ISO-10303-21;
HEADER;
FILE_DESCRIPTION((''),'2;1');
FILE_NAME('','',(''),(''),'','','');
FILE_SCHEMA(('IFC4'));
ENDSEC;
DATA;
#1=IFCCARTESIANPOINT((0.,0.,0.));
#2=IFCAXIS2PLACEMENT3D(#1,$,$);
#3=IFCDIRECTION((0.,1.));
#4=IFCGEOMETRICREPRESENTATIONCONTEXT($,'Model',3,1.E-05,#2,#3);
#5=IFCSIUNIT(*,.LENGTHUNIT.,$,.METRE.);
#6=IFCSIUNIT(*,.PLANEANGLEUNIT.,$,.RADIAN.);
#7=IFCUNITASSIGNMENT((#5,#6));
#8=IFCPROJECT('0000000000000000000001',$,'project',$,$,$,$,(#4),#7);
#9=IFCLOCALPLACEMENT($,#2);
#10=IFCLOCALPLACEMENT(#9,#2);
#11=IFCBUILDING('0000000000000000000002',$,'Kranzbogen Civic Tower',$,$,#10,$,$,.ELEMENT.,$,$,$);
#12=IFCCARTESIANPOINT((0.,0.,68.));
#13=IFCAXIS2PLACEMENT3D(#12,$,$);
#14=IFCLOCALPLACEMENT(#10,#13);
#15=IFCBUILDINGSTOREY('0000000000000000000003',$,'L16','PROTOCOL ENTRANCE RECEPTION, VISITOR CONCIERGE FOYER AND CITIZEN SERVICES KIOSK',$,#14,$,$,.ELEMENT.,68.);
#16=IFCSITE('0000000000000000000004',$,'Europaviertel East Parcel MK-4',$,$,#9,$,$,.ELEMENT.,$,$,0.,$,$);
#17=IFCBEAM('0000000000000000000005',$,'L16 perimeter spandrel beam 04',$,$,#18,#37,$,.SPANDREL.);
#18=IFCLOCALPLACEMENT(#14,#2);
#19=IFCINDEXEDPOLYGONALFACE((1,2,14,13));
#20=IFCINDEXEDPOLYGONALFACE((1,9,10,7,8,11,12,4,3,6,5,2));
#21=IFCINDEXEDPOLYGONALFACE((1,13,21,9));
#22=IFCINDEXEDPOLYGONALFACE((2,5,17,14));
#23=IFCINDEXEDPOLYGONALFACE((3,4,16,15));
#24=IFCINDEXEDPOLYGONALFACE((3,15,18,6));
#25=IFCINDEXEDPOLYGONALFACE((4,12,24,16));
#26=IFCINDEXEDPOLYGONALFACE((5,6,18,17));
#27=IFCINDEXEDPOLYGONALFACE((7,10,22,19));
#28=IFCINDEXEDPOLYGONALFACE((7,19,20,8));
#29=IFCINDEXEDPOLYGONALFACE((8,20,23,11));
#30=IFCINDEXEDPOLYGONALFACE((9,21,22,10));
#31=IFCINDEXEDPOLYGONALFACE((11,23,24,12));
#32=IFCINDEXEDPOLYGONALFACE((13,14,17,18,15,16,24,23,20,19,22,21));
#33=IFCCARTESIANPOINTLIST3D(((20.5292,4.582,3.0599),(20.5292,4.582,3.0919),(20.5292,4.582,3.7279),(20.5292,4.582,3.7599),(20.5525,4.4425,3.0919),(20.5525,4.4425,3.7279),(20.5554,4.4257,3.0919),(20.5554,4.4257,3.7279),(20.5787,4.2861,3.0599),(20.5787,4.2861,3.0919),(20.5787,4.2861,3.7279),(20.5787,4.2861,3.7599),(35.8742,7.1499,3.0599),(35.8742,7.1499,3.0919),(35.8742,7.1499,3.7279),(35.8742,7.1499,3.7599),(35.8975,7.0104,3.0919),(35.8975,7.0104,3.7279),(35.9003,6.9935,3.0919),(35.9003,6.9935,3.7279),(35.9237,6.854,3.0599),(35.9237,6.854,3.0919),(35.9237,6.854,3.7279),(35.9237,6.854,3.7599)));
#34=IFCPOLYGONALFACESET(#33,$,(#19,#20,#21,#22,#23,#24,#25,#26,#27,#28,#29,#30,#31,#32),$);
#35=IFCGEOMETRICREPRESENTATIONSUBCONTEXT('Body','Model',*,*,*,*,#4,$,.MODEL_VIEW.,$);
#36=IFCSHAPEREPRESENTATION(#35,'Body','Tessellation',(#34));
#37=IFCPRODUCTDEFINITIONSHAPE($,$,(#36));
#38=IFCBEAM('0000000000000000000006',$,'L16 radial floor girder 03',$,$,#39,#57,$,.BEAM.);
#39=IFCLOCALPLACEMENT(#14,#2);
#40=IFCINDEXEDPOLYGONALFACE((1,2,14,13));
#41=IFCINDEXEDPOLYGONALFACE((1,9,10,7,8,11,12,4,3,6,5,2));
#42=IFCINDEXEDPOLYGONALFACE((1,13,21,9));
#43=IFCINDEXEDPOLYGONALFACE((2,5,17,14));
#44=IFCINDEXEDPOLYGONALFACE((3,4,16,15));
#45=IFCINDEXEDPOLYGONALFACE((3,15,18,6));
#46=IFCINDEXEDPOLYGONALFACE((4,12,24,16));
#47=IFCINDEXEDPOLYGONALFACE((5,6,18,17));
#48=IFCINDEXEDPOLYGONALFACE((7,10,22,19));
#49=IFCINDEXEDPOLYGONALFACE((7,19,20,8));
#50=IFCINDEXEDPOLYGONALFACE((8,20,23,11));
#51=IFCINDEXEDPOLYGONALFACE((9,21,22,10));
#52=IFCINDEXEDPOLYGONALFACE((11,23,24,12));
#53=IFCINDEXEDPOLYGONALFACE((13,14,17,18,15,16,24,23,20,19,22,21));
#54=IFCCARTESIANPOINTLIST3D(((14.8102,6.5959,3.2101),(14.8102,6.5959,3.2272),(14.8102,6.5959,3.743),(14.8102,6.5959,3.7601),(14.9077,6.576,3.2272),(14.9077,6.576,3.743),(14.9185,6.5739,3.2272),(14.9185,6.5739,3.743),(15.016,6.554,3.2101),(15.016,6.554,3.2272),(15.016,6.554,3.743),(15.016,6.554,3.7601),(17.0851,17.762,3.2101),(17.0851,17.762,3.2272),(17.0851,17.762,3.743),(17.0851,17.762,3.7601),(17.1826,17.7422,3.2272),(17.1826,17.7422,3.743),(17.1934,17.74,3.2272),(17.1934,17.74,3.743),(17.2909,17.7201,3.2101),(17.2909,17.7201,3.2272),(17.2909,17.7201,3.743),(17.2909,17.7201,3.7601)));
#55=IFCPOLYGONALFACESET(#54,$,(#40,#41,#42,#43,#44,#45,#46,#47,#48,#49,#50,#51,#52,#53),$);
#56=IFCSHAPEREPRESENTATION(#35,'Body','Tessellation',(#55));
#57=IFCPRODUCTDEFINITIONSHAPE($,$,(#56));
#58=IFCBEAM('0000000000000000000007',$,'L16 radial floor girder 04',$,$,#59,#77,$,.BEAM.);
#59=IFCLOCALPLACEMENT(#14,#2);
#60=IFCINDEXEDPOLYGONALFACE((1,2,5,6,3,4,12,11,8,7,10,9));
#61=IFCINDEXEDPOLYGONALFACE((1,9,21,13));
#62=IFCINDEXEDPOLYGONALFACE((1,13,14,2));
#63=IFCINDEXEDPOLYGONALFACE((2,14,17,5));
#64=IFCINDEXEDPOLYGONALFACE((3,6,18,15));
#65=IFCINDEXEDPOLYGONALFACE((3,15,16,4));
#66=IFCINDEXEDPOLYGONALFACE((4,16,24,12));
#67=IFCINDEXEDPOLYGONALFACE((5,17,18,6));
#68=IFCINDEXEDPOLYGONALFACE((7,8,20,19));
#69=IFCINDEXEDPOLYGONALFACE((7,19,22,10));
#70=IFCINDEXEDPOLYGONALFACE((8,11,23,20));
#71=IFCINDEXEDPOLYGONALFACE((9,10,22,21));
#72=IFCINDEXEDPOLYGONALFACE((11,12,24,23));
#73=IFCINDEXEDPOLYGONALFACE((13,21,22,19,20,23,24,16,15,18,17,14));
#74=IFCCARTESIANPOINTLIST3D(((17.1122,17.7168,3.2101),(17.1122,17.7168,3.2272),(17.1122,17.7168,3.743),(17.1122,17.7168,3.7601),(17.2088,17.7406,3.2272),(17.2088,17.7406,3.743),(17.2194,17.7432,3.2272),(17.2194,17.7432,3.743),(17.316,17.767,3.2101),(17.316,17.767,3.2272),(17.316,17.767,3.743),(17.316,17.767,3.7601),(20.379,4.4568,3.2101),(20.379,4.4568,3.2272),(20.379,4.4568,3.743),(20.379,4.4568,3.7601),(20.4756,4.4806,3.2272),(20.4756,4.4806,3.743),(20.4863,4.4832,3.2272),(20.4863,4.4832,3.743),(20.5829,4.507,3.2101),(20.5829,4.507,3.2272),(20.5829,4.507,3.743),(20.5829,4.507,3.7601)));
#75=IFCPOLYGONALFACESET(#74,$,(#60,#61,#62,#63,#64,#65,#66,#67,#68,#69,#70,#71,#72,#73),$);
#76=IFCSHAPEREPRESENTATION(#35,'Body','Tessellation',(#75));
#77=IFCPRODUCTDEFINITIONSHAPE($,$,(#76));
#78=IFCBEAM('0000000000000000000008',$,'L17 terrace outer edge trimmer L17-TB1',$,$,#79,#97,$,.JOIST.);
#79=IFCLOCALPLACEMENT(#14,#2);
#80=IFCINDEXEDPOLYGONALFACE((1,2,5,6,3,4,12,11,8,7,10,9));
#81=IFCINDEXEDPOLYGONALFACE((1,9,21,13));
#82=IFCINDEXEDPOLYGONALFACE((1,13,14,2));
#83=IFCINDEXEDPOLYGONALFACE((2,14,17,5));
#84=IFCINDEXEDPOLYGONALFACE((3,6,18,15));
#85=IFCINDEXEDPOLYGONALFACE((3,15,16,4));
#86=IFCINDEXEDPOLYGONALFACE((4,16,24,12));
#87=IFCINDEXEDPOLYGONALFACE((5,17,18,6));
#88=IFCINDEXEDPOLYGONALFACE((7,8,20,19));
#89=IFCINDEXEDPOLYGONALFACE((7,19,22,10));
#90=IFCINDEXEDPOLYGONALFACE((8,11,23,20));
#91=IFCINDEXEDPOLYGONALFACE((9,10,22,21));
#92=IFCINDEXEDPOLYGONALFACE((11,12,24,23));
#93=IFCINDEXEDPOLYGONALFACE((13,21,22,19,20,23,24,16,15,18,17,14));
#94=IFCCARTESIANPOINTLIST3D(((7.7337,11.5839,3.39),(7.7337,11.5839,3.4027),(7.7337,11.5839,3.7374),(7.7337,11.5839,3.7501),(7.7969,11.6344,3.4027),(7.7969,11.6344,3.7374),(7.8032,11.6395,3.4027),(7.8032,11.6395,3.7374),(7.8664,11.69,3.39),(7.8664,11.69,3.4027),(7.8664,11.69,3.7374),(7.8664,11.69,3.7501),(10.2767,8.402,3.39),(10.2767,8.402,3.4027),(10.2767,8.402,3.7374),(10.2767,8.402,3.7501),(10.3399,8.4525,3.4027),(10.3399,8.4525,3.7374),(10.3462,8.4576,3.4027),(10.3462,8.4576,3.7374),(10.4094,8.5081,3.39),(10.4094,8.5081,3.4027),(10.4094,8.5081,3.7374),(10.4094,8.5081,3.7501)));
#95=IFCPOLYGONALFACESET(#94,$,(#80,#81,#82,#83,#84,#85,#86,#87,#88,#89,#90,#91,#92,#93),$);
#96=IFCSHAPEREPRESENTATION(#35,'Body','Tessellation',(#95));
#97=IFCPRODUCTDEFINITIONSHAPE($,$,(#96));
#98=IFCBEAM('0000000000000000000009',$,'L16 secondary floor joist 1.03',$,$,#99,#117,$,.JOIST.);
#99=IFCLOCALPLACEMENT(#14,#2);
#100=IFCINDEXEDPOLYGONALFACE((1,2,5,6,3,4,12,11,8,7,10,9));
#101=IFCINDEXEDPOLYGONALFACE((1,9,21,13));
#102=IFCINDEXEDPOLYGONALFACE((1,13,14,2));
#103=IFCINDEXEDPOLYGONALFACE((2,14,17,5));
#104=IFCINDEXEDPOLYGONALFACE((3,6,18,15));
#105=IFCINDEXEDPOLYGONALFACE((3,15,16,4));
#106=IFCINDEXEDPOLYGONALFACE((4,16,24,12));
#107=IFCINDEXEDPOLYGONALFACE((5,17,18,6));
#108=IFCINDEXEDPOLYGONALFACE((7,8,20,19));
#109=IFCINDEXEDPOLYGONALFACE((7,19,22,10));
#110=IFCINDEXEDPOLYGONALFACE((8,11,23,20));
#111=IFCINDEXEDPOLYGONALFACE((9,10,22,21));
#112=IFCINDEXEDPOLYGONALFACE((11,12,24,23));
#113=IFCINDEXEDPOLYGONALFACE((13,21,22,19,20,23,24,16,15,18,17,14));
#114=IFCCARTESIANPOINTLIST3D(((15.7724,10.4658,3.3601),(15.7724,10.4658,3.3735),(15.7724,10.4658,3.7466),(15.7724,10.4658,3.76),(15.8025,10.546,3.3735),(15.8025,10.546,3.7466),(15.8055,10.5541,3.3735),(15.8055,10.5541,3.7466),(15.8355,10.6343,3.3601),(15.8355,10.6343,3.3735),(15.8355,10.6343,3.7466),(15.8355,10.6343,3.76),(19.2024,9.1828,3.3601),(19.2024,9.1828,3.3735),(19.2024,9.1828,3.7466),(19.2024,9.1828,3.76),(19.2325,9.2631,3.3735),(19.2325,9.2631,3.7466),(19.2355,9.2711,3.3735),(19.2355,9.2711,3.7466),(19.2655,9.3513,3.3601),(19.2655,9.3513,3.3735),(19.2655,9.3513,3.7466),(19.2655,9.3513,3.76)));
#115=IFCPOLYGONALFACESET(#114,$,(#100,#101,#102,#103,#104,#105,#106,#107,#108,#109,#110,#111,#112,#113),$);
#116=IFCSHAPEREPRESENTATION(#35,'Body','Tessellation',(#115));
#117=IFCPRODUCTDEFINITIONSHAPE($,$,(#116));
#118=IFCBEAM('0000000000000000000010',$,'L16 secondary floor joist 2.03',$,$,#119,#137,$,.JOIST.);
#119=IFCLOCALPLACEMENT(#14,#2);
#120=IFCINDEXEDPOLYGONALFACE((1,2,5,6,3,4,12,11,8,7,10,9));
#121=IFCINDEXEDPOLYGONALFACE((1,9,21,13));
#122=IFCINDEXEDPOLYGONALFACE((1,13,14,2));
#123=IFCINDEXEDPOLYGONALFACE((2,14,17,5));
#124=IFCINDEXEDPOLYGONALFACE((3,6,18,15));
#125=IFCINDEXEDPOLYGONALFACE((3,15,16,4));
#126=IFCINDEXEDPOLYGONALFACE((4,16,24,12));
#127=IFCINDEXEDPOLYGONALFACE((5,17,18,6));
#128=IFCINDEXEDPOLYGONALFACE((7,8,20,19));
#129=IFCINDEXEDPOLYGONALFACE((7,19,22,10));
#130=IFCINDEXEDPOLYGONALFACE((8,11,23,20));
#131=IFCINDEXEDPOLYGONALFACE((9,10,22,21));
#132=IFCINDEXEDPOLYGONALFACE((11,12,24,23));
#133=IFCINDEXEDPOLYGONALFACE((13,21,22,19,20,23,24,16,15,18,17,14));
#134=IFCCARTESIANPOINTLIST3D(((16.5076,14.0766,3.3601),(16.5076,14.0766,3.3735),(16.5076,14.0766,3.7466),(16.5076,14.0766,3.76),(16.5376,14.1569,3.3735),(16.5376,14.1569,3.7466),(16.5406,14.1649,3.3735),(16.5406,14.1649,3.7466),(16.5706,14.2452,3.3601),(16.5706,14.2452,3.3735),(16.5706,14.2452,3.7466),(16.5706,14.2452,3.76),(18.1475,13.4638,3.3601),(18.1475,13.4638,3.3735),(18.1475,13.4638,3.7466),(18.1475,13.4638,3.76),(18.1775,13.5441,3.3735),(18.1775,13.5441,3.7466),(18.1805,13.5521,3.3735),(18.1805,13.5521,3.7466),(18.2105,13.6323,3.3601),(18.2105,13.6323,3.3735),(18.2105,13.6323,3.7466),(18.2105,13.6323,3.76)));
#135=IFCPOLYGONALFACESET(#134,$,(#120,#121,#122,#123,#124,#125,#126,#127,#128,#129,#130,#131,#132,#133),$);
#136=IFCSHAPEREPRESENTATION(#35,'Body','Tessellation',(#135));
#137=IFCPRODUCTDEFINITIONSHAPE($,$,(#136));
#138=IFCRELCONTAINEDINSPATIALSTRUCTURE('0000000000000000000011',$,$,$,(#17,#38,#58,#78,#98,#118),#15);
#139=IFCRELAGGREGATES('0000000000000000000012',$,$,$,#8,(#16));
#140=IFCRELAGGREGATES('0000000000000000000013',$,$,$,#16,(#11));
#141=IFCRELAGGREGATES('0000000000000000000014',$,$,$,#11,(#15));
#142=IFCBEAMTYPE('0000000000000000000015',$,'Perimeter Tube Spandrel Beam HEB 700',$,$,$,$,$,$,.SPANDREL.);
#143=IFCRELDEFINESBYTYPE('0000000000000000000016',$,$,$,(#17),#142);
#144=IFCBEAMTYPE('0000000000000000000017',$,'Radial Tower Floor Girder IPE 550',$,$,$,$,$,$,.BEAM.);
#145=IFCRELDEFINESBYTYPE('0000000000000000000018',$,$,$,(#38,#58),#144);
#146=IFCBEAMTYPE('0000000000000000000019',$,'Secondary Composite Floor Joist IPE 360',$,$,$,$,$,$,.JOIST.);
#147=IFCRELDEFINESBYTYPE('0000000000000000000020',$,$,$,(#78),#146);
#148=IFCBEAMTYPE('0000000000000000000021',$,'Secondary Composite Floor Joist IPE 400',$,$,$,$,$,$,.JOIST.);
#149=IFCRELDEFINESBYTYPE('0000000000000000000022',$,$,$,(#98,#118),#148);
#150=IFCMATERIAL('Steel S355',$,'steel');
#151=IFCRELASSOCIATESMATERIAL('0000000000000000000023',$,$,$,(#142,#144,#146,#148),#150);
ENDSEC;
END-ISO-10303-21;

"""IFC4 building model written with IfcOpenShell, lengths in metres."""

from ifc_helpers import new_model, si_unit, direction, frame, origin, origin_2d, place, context, subcontext, project, spatial, i_section, extrude, material, material_profile, profile_set, type_object, element, save


model = new_model("IFC4")

# Units and contexts
model_context = context("Model", 3, precision=1e-05, world=origin(), true_north=direction((0.0, 1.0)))
body_context = subcontext(model_context, "Body", "Model", "MODEL_VIEW")
ifc_project = project(units=[si_unit("LENGTHUNIT", "METRE"), si_unit("PLANEANGLEUNIT", "RADIAN")], contexts=[model_context])

# Site, building, storey
site_placement = place(None, origin())
site = spatial("IfcSite", under=ifc_project, at=site_placement, Name="Europaviertel East Parcel MK-4", CompositionType="ELEMENT", RefElevation=0.0)
building_placement = place(site_placement, origin())
building = spatial("IfcBuilding", under=site, at=building_placement, Name="Kranzbogen Civic Tower", CompositionType="ELEMENT")
storey_placement = place(building_placement, frame((0.0, 0.0, 68.0)))
storey = spatial("IfcBuildingStorey", under=building, at=storey_placement, Name="L16", Description="PROTOCOL ENTRANCE RECEPTION, VISITOR CONCIERGE FOYER AND CITIZEN SERVICES KIOSK", CompositionType="ELEMENT", Elevation=68.0)

# Shared definitions
ifc_material_1 = material(Name="Steel S355", Category="steel")

# Beams
ifc_material_profile_1 = material_profile(ifc_material_1, i_section(OverallWidth=0.3, OverallDepth=0.7, WebThickness=0.0171, FlangeThickness=0.032, at=origin_2d()), Name="HEB 700")
ifc_profile_set_1 = profile_set([ifc_material_profile_1], Name="Steel S355")
beam_type_1 = type_object("IfcBeamType", Name="Perimeter Tube Spandrel Beam HEB 700", PredefinedType="SPANDREL", material=ifc_profile_set_1)
beam_1_placement = place(storey_placement, frame((20.554, 4.4341, 3.4099), z_axis=(0.986286, 0.165048, 0.0), x_axis=(-0.165048, 0.986286, 0.0)))
element("IfcBeam", 1, at=beam_1_placement, inside=storey, type_object=beam_type_1, Name="L16 perimeter spandrel beam 04", PredefinedType="SPANDREL", context=body_context, shape_type="SweptSolid", body=[
    extrude(i_section(OverallWidth=0.3, OverallDepth=0.7, WebThickness=0.0171, FlangeThickness=0.032, at=origin_2d()), origin(), (0.0, 0.0, 1.0), 15.5583),
])
ifc_material_profile_2 = material_profile(ifc_material_1, i_section(OverallWidth=0.21, OverallDepth=0.55, WebThickness=0.011, FlangeThickness=0.0171, at=origin_2d()), Name="IPE 550")
ifc_profile_set_2 = profile_set([ifc_material_profile_2], Name="Steel S355")
beam_type_2 = type_object("IfcBeamType", Name="Radial Tower Floor Girder IPE 550", PredefinedType="BEAM", material=ifc_profile_set_2)
beam_2_placement = place(storey_placement, frame((14.9131, 6.575, 3.4851), z_axis=(0.199633, 0.979871, 0.0), x_axis=(-0.979871, 0.199633, 0.0)))
element("IfcBeam", 2, at=beam_2_placement, inside=storey, type_object=beam_type_2, Name="L16 radial floor girder 03", PredefinedType="BEAM", context=body_context, shape_type="SweptSolid", body=[
    extrude(i_section(OverallWidth=0.21, OverallDepth=0.55, WebThickness=0.011, FlangeThickness=0.0171, at=origin_2d()), origin(), (0.0, 0.0, 1.0), 11.3955),
])
beam_3_placement = place(storey_placement, frame((20.481, 4.4819, 3.4851), z_axis=(-0.239215, 0.970967, 0.0), x_axis=(-0.970967, -0.239215, 0.0)))
element("IfcBeam", 3, at=beam_3_placement, inside=storey, type_object=beam_type_2, Name="L16 radial floor girder 04", PredefinedType="BEAM", context=body_context, shape_type="SweptSolid", body=[
    extrude(i_section(OverallWidth=0.21, OverallDepth=0.55, WebThickness=0.011, FlangeThickness=0.0171, at=origin_2d()), origin(), (0.0, 0.0, 1.0), 13.6565),
])
ifc_material_profile_3 = material_profile(ifc_material_1, i_section(OverallWidth=0.1699, OverallDepth=0.3601, WebThickness=0.0081, FlangeThickness=0.0127, at=origin_2d()), Name="IPE 360")
ifc_profile_set_3 = profile_set([ifc_material_profile_3], Name="Steel S355")
beam_type_3 = type_object("IfcBeamType", Name="Secondary Composite Floor Joist IPE 360", PredefinedType="JOIST", material=ifc_profile_set_3)
beam_4_placement = place(storey_placement, frame((7.8, 11.637, 3.5701), z_axis=(0.624315, -0.781173, 0.0), x_axis=(0.781173, 0.624315, 0.0)))
element("IfcBeam", 4, at=beam_4_placement, inside=storey, type_object=beam_type_3, Name="L17 terrace outer edge trimmer L17-TB1", PredefinedType="JOIST", context=body_context, shape_type="SweptSolid", body=[
    extrude(i_section(OverallWidth=0.1699, OverallDepth=0.3601, WebThickness=0.0081, FlangeThickness=0.0127, at=origin_2d()), origin(), (0.0, 0.0, 1.0), 4.0732),
])
ifc_material_profile_4 = material_profile(ifc_material_1, i_section(OverallWidth=0.1799, OverallDepth=0.3999, WebThickness=0.0085, FlangeThickness=0.0134, at=origin_2d()), Name="IPE 400")
ifc_profile_set_4 = profile_set([ifc_material_profile_4], Name="Steel S355")
beam_type_4 = type_object("IfcBeamType", Name="Secondary Composite Floor Joist IPE 400", PredefinedType="JOIST", material=ifc_profile_set_4)
beam_5_placement = place(storey_placement, frame((15.804, 10.55, 3.5601), z_axis=(0.936622, -0.350342, 0.0), x_axis=(0.350342, 0.936622, 0.0)))
element("IfcBeam", 5, at=beam_5_placement, inside=storey, type_object=beam_type_4, Name="L16 secondary floor joist 1.03", PredefinedType="JOIST", context=body_context, shape_type="SweptSolid", body=[
    extrude(i_section(OverallWidth=0.1799, OverallDepth=0.3999, WebThickness=0.0085, FlangeThickness=0.0134, at=origin_2d()), origin(), (0.0, 0.0, 1.0), 3.6621),
])
beam_6_placement = place(storey_placement, frame((16.5391, 14.1609, 3.5601), z_axis=(0.936735, -0.350038, 0.0), x_axis=(0.350038, 0.936735, 0.0)))
element("IfcBeam", 6, at=beam_6_placement, inside=storey, type_object=beam_type_4, Name="L16 secondary floor joist 2.03", PredefinedType="JOIST", context=body_context, shape_type="SweptSolid", body=[
    extrude(i_section(OverallWidth=0.1799, OverallDepth=0.3999, WebThickness=0.0085, FlangeThickness=0.0134, at=origin_2d()), origin(), (0.0, 0.0, 1.0), 1.7507),
])

save(model, "model.ifc")
